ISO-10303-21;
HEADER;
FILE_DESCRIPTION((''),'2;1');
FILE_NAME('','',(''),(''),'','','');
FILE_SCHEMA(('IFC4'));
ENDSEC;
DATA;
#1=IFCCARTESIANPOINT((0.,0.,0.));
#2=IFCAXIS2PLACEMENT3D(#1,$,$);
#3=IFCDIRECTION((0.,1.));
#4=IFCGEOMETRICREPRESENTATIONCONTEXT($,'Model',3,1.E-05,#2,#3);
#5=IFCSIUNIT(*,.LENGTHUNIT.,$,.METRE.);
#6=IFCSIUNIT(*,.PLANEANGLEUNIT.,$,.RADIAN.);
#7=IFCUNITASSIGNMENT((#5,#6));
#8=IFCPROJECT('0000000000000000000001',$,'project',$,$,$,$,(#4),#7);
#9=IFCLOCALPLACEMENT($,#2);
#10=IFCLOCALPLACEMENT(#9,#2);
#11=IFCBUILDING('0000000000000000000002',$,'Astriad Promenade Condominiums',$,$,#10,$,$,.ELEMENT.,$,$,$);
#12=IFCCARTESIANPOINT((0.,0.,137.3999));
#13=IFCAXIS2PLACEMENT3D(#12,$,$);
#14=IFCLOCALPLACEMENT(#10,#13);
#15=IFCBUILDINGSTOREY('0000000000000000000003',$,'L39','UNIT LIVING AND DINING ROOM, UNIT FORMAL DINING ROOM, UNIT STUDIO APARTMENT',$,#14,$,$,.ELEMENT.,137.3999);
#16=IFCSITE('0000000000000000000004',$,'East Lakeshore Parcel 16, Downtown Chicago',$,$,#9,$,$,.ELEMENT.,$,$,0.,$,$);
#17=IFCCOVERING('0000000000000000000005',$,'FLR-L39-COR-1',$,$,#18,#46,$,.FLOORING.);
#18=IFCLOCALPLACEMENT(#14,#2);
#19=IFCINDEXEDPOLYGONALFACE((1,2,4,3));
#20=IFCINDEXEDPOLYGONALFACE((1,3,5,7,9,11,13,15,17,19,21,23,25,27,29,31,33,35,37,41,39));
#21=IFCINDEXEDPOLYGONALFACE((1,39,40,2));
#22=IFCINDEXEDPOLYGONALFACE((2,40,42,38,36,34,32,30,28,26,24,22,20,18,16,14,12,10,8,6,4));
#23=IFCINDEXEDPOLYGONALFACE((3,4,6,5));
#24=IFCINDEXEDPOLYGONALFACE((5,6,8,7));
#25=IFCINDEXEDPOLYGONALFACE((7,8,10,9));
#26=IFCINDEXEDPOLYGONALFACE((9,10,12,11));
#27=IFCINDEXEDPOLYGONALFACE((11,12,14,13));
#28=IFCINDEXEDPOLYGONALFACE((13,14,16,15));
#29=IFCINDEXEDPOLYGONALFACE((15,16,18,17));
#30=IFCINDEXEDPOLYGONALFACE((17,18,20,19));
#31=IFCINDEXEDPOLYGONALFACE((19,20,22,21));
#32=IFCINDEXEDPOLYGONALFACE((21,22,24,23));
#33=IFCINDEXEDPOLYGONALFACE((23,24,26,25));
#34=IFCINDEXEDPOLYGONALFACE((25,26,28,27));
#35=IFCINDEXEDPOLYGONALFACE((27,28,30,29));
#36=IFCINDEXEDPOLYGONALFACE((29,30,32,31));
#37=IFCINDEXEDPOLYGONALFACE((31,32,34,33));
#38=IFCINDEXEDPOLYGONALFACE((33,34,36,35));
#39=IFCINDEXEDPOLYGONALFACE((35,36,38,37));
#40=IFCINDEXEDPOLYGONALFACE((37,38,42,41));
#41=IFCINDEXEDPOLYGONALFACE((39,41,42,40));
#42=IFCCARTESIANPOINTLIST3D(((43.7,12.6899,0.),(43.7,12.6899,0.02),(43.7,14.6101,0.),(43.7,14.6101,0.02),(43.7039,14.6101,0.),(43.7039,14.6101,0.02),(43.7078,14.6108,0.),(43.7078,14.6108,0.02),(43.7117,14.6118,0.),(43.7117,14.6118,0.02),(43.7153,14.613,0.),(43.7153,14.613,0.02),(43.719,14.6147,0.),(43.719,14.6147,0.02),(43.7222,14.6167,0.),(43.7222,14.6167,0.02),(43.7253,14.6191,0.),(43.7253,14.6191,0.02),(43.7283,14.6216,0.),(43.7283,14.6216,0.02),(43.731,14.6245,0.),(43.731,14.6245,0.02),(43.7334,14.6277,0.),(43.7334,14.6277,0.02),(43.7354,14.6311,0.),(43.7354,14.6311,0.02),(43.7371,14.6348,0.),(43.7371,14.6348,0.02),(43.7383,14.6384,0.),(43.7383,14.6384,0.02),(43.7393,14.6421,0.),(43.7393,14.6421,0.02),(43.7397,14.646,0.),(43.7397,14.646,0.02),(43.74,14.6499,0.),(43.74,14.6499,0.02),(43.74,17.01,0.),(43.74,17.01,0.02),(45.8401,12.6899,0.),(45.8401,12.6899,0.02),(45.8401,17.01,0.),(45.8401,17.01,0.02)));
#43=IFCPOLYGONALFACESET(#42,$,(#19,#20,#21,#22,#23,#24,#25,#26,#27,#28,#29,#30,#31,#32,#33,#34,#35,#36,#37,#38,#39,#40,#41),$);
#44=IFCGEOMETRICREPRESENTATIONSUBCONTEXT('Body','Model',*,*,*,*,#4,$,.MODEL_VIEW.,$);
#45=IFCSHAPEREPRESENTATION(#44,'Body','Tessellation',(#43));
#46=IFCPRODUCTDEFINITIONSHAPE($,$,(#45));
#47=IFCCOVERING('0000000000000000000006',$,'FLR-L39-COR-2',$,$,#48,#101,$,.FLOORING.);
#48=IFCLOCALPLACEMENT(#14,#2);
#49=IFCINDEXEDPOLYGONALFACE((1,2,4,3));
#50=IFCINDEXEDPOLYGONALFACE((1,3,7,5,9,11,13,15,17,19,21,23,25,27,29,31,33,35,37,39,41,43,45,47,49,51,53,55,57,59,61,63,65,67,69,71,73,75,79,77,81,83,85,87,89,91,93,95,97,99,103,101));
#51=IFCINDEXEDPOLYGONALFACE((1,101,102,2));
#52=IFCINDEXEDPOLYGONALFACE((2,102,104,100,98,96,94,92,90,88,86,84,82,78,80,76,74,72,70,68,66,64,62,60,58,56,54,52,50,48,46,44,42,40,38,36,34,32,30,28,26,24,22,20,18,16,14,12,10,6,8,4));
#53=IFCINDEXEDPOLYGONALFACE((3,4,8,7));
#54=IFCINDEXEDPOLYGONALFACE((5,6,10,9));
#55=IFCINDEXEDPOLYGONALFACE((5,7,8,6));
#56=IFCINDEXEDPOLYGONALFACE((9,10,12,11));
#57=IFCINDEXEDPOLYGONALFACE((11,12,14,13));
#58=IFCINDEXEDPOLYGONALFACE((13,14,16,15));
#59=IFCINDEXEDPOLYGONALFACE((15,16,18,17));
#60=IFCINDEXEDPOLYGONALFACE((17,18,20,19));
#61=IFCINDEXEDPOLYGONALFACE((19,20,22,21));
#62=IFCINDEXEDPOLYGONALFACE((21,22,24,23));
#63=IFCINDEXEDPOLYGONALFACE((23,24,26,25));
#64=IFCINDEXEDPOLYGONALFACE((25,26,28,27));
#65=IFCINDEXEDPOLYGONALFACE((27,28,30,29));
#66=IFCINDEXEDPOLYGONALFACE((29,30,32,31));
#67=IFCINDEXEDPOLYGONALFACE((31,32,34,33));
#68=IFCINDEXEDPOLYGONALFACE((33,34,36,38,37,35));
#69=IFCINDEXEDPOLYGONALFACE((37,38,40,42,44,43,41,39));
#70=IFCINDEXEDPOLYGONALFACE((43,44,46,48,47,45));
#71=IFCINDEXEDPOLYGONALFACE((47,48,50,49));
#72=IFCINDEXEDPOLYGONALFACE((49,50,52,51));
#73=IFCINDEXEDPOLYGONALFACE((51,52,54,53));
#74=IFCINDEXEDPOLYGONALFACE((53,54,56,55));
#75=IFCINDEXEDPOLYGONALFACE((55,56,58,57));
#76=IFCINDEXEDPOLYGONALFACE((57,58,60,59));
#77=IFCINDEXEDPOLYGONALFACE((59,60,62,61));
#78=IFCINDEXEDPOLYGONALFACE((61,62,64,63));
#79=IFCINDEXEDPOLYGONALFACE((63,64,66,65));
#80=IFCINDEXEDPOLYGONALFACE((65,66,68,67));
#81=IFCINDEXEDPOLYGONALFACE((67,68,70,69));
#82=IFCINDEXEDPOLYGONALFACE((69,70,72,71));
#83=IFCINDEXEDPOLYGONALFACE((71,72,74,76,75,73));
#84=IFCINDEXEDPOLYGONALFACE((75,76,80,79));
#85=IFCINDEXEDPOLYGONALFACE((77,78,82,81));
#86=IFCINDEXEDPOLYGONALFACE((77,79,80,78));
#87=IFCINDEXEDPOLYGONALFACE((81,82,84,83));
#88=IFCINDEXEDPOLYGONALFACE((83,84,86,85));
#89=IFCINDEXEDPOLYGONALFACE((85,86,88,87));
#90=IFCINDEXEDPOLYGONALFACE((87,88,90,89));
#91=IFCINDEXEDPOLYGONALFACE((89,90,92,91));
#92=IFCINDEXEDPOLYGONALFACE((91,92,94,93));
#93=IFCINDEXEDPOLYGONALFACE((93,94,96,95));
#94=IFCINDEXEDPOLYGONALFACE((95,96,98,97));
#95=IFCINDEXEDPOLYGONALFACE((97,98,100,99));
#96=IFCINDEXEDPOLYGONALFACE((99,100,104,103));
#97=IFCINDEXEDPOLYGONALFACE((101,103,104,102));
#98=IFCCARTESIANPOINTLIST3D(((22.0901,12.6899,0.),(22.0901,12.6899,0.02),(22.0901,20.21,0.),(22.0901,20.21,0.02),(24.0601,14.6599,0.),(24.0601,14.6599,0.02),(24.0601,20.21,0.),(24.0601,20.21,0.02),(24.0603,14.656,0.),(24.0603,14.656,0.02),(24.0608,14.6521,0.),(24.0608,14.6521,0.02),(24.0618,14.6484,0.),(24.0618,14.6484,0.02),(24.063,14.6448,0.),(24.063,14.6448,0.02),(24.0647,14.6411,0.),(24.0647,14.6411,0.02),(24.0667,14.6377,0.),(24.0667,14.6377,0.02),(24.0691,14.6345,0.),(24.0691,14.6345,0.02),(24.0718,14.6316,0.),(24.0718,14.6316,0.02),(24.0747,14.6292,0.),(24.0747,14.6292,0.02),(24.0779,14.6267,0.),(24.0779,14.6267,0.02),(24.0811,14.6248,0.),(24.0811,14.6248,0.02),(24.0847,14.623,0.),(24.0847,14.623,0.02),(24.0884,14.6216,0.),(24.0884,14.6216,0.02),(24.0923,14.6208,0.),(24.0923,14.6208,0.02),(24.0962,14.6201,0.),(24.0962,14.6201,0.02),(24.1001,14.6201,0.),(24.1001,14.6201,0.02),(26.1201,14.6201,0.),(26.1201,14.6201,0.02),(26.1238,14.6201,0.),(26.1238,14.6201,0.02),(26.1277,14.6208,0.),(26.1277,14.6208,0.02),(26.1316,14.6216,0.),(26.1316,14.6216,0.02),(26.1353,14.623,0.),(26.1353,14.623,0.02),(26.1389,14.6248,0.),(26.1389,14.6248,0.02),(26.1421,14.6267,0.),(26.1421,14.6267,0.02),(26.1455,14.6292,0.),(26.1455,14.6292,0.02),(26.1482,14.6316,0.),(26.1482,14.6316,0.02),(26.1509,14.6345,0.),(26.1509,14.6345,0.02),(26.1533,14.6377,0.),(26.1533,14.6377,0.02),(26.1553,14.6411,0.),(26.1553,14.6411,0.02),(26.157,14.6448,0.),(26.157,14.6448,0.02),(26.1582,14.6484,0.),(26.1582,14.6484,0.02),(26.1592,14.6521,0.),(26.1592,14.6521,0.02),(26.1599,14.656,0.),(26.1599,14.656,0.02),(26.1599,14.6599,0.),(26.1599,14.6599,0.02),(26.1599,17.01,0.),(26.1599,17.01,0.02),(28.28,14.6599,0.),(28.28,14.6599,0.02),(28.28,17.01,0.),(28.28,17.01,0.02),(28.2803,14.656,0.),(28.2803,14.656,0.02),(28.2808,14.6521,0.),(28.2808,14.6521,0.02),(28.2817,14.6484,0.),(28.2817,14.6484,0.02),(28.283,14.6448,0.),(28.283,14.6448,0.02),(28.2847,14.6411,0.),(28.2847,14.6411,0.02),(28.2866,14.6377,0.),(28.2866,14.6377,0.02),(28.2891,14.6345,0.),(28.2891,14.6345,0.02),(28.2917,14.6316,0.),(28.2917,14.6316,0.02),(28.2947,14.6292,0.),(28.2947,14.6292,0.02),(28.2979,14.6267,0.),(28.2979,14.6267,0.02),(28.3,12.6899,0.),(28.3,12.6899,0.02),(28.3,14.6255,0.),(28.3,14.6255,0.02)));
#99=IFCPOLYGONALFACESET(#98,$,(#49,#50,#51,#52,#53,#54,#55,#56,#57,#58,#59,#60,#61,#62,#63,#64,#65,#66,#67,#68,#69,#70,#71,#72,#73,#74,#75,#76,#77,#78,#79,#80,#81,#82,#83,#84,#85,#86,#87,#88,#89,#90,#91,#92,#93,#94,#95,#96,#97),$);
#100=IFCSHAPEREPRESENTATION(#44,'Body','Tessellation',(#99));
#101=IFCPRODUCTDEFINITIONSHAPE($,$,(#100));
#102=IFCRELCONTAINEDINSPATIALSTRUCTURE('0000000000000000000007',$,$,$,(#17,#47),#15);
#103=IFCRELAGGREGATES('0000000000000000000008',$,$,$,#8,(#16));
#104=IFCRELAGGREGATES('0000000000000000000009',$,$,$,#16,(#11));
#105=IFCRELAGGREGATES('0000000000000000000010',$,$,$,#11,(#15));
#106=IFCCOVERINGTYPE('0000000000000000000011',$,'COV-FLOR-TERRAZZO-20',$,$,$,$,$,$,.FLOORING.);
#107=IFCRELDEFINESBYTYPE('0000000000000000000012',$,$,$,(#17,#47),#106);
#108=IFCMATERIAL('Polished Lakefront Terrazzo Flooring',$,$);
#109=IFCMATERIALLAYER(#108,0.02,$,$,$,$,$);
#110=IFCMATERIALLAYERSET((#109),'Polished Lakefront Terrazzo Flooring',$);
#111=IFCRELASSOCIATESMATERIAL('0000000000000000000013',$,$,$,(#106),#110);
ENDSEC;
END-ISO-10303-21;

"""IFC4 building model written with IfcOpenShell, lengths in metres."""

from ifc_helpers import new_model, si_unit, direction, frame, origin, place, context, subcontext, project, spatial, polyline, outline, extrude, material, layer, layer_set, type_object, element, save


model = new_model("IFC4")

# Units and contexts
model_context = context("Model", 3, precision=1e-05, world=origin(), true_north=direction((0.0, 1.0)))
body_context = subcontext(model_context, "Body", "Model", "MODEL_VIEW")
ifc_project = project(units=[si_unit("LENGTHUNIT", "METRE"), si_unit("PLANEANGLEUNIT", "RADIAN")], contexts=[model_context])

# Site, building, storey
site_placement = place(None, origin())
site = spatial("IfcSite", under=ifc_project, at=site_placement, Name="East Lakeshore Parcel 16, Downtown Chicago", CompositionType="ELEMENT", RefElevation=0.0)
building_placement = place(site_placement, origin())
building = spatial("IfcBuilding", under=site, at=building_placement, Name="Astriad Promenade Condominiums", CompositionType="ELEMENT")
storey_placement = place(building_placement, frame((0.0, 0.0, 137.3999)))
storey = spatial("IfcBuildingStorey", under=building, at=storey_placement, Name="L39", Description="UNIT LIVING AND DINING ROOM, UNIT FORMAL DINING ROOM, UNIT STUDIO APARTMENT", CompositionType="ELEMENT", Elevation=137.3999)

# Coverings
ifc_material_1 = material(Name="Polished Lakefront Terrazzo Flooring")
ifc_layer_1 = layer(ifc_material_1, 0.02)
ifc_layer_set_1 = layer_set([ifc_layer_1], Name="Polished Lakefront Terrazzo Flooring")
covering_type = type_object("IfcCoveringType", Name="COV-FLOR-TERRAZZO-20", PredefinedType="FLOORING", material=ifc_layer_set_1)
covering_1_placement = place(storey_placement, origin())
element("IfcCovering", 1, at=covering_1_placement, inside=storey, type_object=covering_type, Name="FLR-L39-COR-1", PredefinedType="FLOORING", context=body_context, shape_type="SweptSolid", body=[
    extrude(outline(polyline([(43.7, 12.6899), (43.7, 14.6101), (43.7039, 14.6101), (43.7078, 14.6108), (43.7117, 14.6118), (43.7153, 14.613), (43.719, 14.6147), (43.7222, 14.6167), (43.7253, 14.6191), (43.7283, 14.6216), (43.731, 14.6245), (43.7334, 14.6277), (43.7354, 14.6311), (43.7371, 14.6348), (43.7383, 14.6384), (43.7393, 14.6421), (43.7397, 14.646), (43.74, 14.6499), (43.74, 17.01), (45.8401, 17.01), (45.8401, 12.6899), (43.7, 12.6899)])), origin(), (0.0, 0.0, 1.0), 0.02),
])
covering_2_placement = place(storey_placement, origin())
element("IfcCovering", 2, at=covering_2_placement, inside=storey, type_object=covering_type, Name="FLR-L39-COR-2", PredefinedType="FLOORING", context=body_context, shape_type="SweptSolid", body=[
    extrude(outline(polyline([(28.3, 12.6899), (22.0901, 12.6899), (22.0901, 20.21), (24.0601, 20.21), (24.0601, 14.6599), (24.0603, 14.656), (24.0608, 14.6521), (24.0618, 14.6484), (24.063, 14.6448), (24.0647, 14.6411), (24.0667, 14.6377), (24.0691, 14.6345), (24.0718, 14.6316), (24.0747, 14.6292), (24.0779, 14.6267), (24.0811, 14.6248), (24.0847, 14.623), (24.0884, 14.6216), (24.0923, 14.6208), (24.0962, 14.6201), (24.1001, 14.6201), (26.1201, 14.6201), (26.1238, 14.6201), (26.1277, 14.6208), (26.1316, 14.6216), (26.1353, 14.623), (26.1389, 14.6248), (26.1421, 14.6267), (26.1455, 14.6292), (26.1482, 14.6316), (26.1509, 14.6345), (26.1533, 14.6377), (26.1553, 14.6411), (26.157, 14.6448), (26.1582, 14.6484), (26.1592, 14.6521), (26.1599, 14.656), (26.1599, 14.6599), (26.1599, 17.01), (28.28, 17.01), (28.28, 14.6599), (28.2803, 14.656), (28.2808, 14.6521), (28.2817, 14.6484), (28.283, 14.6448), (28.2847, 14.6411), (28.2866, 14.6377), (28.2891, 14.6345), (28.2917, 14.6316), (28.2947, 14.6292), (28.2979, 14.6267), (28.3, 14.6255), (28.3, 12.6899)])), origin(), (0.0, 0.0, 1.0), 0.02),
])

save(model, "model.ifc")
